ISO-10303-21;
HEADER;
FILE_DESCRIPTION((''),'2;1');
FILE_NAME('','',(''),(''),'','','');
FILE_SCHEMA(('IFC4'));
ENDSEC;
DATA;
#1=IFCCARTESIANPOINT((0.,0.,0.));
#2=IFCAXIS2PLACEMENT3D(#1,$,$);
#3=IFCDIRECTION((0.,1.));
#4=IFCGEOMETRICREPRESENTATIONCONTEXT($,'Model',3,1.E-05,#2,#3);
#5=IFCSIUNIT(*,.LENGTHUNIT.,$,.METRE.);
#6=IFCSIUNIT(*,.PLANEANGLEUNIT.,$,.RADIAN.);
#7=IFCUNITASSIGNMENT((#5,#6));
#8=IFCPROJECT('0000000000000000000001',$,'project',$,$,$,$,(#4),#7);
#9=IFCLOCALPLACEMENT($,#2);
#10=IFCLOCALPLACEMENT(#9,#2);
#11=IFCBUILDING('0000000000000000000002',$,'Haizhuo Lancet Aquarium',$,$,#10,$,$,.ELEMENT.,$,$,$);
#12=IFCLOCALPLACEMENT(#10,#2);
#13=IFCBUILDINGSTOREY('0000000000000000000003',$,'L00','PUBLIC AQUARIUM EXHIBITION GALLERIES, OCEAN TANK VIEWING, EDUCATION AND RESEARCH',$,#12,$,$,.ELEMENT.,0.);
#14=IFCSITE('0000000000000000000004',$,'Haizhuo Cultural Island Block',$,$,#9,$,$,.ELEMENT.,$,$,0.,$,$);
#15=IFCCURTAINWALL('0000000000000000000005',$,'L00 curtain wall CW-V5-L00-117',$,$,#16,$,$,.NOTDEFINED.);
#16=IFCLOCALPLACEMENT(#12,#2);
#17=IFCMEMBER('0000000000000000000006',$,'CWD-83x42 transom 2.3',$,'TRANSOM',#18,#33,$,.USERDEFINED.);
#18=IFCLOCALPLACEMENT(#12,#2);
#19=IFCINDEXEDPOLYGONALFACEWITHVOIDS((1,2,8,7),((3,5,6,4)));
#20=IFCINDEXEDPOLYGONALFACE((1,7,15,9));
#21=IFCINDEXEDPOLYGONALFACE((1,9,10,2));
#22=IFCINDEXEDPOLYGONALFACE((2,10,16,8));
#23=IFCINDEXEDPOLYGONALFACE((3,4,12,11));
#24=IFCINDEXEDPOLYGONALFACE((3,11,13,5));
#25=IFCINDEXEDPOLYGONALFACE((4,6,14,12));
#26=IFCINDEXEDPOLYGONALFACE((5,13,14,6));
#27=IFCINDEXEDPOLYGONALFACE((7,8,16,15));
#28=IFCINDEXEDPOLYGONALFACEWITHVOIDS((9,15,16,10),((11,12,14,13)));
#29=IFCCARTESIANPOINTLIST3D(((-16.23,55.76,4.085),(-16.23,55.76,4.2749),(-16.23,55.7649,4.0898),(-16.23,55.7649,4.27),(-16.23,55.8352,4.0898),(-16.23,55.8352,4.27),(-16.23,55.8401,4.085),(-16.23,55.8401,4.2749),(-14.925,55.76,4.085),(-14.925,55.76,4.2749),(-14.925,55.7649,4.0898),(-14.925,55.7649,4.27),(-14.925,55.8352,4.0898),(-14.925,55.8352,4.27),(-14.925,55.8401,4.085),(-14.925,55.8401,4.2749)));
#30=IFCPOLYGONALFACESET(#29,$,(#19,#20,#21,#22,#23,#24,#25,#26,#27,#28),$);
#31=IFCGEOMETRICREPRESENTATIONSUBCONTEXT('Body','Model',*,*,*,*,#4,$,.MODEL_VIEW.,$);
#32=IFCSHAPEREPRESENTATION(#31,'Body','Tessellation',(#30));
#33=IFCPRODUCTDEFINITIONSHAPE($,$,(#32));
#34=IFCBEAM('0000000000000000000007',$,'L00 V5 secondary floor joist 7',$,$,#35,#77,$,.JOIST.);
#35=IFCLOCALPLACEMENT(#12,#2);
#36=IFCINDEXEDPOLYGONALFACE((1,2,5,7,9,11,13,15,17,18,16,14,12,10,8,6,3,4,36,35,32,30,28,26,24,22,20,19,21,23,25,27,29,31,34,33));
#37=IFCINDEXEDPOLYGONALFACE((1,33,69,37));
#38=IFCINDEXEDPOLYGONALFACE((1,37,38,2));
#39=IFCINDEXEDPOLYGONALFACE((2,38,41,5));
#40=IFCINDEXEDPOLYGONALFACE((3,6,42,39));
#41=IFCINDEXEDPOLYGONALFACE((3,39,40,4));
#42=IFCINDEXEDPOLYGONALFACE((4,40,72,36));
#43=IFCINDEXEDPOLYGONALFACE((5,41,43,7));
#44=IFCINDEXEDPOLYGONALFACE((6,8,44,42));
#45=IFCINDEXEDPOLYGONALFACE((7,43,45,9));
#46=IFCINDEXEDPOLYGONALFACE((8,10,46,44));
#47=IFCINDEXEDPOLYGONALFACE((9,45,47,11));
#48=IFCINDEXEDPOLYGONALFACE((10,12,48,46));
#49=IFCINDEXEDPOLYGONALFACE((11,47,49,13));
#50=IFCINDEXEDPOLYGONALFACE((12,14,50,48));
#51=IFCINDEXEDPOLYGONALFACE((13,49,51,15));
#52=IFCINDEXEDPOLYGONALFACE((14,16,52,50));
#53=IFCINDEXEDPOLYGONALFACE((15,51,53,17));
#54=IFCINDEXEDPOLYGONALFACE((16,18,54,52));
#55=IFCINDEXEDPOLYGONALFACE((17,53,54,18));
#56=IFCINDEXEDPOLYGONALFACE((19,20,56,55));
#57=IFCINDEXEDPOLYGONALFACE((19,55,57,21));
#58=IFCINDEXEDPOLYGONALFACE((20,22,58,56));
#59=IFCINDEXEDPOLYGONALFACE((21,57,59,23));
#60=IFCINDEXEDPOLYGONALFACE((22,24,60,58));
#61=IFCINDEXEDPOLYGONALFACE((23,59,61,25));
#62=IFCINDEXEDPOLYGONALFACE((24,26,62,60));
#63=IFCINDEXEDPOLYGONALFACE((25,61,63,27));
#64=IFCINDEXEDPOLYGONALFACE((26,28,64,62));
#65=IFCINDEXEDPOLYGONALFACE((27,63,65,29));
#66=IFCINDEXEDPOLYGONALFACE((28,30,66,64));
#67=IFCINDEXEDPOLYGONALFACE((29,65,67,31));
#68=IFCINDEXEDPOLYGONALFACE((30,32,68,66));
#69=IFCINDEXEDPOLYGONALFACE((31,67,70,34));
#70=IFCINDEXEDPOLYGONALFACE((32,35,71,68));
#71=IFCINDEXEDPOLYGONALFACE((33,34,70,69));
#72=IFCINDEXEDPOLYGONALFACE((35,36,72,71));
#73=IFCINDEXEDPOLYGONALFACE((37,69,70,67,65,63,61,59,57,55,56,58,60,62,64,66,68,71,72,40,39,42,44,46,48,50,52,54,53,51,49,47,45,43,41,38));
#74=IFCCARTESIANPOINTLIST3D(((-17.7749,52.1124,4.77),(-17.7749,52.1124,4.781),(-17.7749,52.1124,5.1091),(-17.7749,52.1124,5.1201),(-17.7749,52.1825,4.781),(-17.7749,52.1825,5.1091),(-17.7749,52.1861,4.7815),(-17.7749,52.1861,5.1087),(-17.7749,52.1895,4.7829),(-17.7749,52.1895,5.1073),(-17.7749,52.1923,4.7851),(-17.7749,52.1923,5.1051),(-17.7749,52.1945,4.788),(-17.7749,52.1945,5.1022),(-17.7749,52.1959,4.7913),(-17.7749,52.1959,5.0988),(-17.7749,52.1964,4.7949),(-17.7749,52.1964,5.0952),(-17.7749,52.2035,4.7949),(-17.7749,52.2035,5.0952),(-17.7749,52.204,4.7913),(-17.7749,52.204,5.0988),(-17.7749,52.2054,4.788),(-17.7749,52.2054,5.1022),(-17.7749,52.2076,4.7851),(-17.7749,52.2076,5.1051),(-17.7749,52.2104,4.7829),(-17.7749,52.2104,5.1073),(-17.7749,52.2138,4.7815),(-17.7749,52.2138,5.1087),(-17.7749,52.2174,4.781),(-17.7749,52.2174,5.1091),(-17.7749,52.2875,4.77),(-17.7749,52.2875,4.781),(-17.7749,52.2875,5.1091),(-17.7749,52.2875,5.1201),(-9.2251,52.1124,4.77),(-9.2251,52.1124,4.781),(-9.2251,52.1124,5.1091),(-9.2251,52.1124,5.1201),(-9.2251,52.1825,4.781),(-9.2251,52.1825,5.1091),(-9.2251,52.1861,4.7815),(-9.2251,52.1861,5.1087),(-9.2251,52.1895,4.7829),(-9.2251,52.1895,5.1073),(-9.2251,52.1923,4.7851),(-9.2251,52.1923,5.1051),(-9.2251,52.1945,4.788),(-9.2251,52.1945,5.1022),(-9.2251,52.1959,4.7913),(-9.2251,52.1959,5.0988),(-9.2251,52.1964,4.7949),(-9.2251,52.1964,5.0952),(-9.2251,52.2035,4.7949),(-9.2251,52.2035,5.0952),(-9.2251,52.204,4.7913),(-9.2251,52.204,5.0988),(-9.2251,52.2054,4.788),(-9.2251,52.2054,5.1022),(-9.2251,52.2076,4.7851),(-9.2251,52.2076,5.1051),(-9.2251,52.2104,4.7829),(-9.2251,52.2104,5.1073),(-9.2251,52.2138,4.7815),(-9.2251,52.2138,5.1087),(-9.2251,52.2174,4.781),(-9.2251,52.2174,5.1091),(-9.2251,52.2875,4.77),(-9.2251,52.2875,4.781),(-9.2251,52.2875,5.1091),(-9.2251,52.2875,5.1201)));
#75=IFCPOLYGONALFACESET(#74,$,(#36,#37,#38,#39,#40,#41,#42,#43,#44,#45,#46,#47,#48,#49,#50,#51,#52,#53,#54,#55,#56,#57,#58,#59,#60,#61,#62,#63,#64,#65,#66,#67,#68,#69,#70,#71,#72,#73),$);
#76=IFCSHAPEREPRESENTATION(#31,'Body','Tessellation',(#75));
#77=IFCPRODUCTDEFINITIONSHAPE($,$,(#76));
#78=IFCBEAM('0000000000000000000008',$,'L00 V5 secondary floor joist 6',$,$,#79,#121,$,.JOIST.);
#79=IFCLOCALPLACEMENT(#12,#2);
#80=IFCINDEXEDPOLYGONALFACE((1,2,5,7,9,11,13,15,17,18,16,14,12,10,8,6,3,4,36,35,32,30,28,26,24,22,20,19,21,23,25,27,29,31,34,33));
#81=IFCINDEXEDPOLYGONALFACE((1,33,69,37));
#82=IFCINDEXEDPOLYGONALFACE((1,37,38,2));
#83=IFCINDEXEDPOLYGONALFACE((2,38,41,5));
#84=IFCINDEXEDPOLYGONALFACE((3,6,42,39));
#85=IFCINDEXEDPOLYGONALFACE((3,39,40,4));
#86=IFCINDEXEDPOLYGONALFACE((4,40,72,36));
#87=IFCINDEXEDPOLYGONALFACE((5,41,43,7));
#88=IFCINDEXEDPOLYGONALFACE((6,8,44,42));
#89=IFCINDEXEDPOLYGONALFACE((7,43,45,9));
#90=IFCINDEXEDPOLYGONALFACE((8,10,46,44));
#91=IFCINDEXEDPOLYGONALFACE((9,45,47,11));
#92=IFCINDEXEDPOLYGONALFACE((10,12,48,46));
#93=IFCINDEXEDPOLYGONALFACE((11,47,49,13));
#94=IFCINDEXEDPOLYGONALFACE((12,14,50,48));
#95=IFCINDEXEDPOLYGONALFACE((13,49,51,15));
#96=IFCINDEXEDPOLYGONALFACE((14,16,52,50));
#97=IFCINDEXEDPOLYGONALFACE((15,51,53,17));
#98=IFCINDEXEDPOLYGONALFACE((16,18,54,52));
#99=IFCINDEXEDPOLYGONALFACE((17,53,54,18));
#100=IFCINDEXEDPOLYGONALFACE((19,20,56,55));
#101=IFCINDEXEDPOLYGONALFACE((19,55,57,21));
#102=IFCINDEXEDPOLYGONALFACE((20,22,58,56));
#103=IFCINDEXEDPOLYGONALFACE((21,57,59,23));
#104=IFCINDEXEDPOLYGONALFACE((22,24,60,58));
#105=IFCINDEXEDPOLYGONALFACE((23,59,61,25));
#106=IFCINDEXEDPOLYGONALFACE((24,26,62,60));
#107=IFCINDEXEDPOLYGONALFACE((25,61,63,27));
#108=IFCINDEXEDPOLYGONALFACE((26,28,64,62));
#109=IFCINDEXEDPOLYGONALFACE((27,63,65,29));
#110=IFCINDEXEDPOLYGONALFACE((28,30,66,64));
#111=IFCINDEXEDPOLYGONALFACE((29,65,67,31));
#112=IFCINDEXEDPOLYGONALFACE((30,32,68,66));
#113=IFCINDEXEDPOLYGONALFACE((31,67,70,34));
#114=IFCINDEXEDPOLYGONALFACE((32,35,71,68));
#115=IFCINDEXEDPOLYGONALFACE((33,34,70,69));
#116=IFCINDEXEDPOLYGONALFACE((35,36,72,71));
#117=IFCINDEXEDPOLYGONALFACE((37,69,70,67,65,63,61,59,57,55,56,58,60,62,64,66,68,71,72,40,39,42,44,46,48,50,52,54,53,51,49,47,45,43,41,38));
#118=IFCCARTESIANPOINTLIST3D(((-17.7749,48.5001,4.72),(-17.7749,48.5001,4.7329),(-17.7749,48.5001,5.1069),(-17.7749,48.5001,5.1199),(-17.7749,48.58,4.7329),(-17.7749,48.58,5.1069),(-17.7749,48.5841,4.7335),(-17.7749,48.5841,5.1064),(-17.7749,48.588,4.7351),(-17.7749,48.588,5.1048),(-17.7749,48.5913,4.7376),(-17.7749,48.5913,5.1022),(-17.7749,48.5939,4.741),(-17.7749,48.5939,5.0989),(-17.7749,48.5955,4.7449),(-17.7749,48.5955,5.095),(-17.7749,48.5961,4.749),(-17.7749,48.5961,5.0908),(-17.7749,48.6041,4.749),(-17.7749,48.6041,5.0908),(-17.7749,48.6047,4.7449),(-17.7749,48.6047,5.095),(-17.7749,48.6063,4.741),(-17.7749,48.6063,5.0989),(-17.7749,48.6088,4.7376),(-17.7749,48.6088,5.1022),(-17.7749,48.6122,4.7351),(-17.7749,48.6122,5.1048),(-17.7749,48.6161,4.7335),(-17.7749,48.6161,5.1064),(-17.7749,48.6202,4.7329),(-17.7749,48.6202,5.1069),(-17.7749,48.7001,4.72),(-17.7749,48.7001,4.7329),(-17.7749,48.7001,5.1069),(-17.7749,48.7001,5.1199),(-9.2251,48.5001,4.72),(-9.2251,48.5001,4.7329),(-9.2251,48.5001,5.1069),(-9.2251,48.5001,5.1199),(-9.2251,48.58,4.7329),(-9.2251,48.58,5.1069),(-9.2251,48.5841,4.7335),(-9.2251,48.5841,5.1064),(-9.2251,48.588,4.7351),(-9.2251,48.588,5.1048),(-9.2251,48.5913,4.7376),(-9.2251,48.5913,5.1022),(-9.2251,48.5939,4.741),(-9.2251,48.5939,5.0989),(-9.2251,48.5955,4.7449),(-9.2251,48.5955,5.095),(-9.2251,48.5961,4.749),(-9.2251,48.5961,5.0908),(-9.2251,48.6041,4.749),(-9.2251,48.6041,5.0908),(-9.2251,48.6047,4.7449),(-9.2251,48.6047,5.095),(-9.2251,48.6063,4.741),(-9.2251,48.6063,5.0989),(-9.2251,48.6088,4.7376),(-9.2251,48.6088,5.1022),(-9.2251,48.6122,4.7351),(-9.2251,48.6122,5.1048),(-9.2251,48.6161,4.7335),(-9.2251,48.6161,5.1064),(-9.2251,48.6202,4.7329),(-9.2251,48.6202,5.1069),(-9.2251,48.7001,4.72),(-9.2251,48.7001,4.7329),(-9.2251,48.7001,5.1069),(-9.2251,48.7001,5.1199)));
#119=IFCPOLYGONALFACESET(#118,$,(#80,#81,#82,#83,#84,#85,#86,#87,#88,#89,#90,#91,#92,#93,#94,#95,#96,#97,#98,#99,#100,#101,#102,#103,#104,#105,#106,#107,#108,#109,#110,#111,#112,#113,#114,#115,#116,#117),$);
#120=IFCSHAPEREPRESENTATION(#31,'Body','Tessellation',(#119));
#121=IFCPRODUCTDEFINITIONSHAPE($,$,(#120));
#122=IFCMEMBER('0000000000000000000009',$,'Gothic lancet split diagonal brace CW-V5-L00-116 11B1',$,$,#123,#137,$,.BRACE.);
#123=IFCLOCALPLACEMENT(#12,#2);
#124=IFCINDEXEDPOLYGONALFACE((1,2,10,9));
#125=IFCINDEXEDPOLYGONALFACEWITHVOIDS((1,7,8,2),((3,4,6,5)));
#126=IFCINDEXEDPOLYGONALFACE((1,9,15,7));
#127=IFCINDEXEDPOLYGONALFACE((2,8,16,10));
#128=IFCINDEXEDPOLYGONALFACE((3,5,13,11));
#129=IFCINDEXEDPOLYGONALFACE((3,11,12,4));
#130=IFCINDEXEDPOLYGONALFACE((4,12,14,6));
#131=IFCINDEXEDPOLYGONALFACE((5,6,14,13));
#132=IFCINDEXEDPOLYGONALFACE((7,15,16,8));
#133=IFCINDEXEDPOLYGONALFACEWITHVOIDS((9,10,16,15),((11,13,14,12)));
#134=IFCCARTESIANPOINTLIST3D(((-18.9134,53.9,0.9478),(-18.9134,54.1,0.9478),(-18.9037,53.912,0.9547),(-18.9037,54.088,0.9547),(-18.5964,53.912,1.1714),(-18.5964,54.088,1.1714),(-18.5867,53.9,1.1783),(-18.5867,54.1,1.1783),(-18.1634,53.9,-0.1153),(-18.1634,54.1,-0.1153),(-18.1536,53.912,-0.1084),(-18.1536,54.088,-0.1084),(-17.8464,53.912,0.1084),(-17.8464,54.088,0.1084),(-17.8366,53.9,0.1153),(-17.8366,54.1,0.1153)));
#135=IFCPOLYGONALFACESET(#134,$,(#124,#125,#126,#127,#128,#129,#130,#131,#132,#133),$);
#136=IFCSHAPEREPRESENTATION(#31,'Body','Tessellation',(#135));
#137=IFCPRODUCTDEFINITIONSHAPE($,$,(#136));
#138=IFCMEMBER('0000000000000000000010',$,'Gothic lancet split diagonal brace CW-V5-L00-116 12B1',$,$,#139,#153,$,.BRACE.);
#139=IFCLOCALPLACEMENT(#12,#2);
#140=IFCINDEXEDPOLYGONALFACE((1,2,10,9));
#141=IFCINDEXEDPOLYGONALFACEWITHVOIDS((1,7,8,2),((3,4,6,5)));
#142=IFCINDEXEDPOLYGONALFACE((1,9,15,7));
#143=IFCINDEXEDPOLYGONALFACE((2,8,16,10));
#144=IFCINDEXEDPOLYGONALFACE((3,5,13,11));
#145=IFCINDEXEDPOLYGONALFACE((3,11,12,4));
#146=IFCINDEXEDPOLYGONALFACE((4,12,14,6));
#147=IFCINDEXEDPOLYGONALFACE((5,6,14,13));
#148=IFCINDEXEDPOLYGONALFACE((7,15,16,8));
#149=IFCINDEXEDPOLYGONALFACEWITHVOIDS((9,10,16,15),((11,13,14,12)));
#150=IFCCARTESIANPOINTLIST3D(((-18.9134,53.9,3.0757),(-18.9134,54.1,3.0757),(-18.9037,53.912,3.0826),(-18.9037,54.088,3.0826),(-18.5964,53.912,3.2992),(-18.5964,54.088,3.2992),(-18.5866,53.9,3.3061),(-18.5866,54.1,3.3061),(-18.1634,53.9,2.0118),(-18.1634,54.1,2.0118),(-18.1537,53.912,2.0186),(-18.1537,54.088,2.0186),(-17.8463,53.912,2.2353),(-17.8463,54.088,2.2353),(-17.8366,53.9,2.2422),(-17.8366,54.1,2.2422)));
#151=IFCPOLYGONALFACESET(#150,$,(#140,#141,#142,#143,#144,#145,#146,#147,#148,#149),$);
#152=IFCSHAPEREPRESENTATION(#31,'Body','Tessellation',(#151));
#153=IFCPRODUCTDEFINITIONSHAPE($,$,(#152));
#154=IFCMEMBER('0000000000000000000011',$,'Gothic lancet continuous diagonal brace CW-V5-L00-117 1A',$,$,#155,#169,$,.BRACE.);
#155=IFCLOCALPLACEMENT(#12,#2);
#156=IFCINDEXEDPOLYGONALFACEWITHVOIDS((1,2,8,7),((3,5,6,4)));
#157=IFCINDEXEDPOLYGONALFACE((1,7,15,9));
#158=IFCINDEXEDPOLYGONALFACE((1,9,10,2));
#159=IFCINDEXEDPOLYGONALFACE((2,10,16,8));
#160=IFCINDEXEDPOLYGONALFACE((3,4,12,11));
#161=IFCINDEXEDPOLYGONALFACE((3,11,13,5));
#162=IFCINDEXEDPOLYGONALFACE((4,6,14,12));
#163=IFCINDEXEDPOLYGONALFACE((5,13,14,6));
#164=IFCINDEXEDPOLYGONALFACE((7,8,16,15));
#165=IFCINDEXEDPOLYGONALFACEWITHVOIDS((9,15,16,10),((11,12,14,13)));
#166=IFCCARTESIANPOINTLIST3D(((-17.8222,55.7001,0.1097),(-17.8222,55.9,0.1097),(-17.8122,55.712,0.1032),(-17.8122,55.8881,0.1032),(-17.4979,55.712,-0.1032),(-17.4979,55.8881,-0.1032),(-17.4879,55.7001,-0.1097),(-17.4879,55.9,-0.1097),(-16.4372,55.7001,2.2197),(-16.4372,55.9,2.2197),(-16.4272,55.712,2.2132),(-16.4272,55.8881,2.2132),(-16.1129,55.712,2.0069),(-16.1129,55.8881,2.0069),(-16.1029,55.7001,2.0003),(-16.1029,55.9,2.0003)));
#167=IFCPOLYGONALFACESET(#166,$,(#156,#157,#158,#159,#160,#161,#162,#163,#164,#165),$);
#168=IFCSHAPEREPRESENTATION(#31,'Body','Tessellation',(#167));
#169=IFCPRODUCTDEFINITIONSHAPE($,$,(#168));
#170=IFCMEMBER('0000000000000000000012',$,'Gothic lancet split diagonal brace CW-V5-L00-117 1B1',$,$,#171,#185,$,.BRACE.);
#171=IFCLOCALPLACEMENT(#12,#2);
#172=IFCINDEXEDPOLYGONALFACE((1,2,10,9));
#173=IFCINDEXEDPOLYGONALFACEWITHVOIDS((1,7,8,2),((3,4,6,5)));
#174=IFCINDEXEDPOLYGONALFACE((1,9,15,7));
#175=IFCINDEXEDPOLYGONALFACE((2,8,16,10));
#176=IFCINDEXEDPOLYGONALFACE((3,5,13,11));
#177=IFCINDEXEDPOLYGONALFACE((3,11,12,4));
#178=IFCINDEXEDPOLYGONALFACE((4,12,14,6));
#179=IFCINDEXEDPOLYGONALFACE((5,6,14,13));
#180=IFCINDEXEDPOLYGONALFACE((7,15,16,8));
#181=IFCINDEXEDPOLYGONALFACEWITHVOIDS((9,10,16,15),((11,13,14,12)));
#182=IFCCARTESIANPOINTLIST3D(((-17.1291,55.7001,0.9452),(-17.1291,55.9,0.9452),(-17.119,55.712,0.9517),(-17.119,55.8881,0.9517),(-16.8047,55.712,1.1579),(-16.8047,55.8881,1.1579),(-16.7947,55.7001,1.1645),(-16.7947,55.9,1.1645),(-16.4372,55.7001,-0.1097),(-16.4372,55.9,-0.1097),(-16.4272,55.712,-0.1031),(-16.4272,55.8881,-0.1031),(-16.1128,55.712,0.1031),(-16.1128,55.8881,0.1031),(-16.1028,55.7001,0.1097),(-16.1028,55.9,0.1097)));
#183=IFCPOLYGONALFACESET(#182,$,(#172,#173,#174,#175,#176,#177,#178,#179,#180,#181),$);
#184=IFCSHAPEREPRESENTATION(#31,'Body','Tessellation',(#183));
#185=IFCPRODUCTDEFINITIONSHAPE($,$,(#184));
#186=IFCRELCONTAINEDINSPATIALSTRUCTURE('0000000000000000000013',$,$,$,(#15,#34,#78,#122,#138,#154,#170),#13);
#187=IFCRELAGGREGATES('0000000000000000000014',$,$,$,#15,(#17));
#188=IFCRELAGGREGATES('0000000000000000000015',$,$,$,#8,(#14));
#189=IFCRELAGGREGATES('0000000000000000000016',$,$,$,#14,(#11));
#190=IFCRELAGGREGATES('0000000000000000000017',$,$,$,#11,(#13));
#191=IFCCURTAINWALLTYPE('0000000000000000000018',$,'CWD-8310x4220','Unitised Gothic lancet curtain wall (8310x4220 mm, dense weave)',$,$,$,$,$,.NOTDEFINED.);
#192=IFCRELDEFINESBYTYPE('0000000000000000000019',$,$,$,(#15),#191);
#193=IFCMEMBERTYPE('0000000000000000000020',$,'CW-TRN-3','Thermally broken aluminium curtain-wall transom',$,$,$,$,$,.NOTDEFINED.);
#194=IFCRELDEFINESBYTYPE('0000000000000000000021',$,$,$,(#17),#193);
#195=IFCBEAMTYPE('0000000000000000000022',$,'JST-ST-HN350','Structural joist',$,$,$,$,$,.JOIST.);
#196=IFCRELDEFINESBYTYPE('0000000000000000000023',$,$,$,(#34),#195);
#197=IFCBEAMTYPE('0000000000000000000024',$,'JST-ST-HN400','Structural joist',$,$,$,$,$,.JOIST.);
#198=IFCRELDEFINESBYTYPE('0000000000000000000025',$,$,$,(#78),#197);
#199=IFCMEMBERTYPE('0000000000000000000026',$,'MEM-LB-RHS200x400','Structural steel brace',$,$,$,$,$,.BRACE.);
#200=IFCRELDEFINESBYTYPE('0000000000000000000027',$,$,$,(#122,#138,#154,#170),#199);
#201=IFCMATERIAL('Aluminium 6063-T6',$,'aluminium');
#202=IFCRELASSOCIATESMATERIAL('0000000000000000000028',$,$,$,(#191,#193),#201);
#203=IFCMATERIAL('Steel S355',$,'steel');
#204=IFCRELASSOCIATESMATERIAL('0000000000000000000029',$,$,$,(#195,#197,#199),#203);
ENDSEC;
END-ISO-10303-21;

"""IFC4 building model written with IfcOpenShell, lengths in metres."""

from ifc_helpers import new_model, si_unit, direction, frame, origin, origin_2d, place, context, subcontext, project, spatial, hollow_rectangle, i_section, extrude, material, material_profile, profile_set, type_object, element, aggregate, save


model = new_model("IFC4")

# Units and contexts
model_context = context("Model", 3, precision=1e-05, world=origin(), true_north=direction((0.0, 1.0)))
body_context = subcontext(model_context, "Body", "Model", "MODEL_VIEW")
ifc_project = project(units=[si_unit("LENGTHUNIT", "METRE"), si_unit("PLANEANGLEUNIT", "RADIAN")], contexts=[model_context])

# Site, building, storey
site_placement = place(None, origin())
site = spatial("IfcSite", under=ifc_project, at=site_placement, Name="Haizhuo Cultural Island Block", CompositionType="ELEMENT", RefElevation=0.0)
building_placement = place(site_placement, origin())
building = spatial("IfcBuilding", under=site, at=building_placement, Name="Haizhuo Lancet Aquarium", CompositionType="ELEMENT")
storey_placement = place(building_placement, origin())
storey = spatial("IfcBuildingStorey", under=building, at=storey_placement, Name="L00", Description="PUBLIC AQUARIUM EXHIBITION GALLERIES, OCEAN TANK VIEWING, EDUCATION AND RESEARCH", CompositionType="ELEMENT", Elevation=0.0)

# Shared definitions
ifc_material_1 = material(Name="Aluminium 6063-T6", Category="aluminium")

# Curtain wall, member
curtain_wall_type_1 = type_object("IfcCurtainWallType", Name="CWD-8310x4220", Description="Unitised Gothic lancet curtain wall (8310x4220 mm, dense weave)", PredefinedType="NOTDEFINED", material=ifc_material_1)
curtain_wall_1_placement = place(storey_placement, origin())
curtain_wall_1 = element("IfcCurtainWall", 1, at=curtain_wall_1_placement, inside=storey, type_object=curtain_wall_type_1, Name="L00 curtain wall CW-V5-L00-117", PredefinedType="NOTDEFINED")
ifc_material_profile_1 = material_profile(ifc_material_1, hollow_rectangle(XDim=0.0801, YDim=0.1899, WallThickness=0.0049, at=origin_2d()), Name="ALU-T 80x190x5")
ifc_profile_set_1 = profile_set([ifc_material_profile_1], Name="Aluminium 6063-T6")
member_type_1 = type_object("IfcMemberType", Name="CW-TRN-3", Description="Thermally broken aluminium curtain-wall transom", PredefinedType="NOTDEFINED", material=ifc_profile_set_1)
member_1_placement = place(storey_placement, frame((-16.23, 55.8, 4.1799), z_axis=(1.0, 0.0, 0.0), x_axis=(0.0, 1.0, 0.0)))
member_1 = element("IfcMember", 2, at=member_1_placement, type_object=member_type_1, Name="CWD-83x42 transom 2.3", ObjectType="TRANSOM", PredefinedType="USERDEFINED", context=body_context, shape_type="SweptSolid", body=[
    extrude(hollow_rectangle(XDim=0.0801, YDim=0.1899, WallThickness=0.0049, at=origin_2d()), origin(), (0.0, 0.0, 1.0), 1.3049),
])

# Beams
ifc_material_2 = material(Name="Steel S355", Category="steel")
ifc_material_profile_2 = material_profile(ifc_material_2, i_section(OverallWidth=0.175, OverallDepth=0.3501, WebThickness=0.0071, FlangeThickness=0.011, FilletRadius=0.0139, at=origin_2d()), Name="HN 350x175x7x11")
ifc_profile_set_2 = profile_set([ifc_material_profile_2], Name="Steel S355")
beam_type_1 = type_object("IfcBeamType", Name="JST-ST-HN350", Description="Structural joist", PredefinedType="JOIST", material=ifc_profile_set_2)
beam_1_placement = place(storey_placement, frame((-17.7749, 52.2, 4.9451), z_axis=(1.0, 0.0, 0.0), x_axis=(0.0, 1.0, 0.0)))
element("IfcBeam", 3, at=beam_1_placement, inside=storey, type_object=beam_type_1, Name="L00 V5 secondary floor joist 7", PredefinedType="JOIST", context=body_context, shape_type="SweptSolid", body=[
    extrude(i_section(OverallWidth=0.175, OverallDepth=0.3501, WebThickness=0.0071, FlangeThickness=0.011, FilletRadius=0.0139, at=origin_2d()), origin(), (0.0, 0.0, 1.0), 8.5498),
])
ifc_material_profile_3 = material_profile(ifc_material_2, i_section(OverallWidth=0.2, OverallDepth=0.3999, WebThickness=0.0081, FlangeThickness=0.0129, FilletRadius=0.0161, at=origin_2d()), Name="HN 400x200x8x13")
ifc_profile_set_3 = profile_set([ifc_material_profile_3], Name="Steel S355")
beam_type_2 = type_object("IfcBeamType", Name="JST-ST-HN400", Description="Structural joist", PredefinedType="JOIST", material=ifc_profile_set_3)
beam_2_placement = place(storey_placement, frame((-17.7749, 48.6001, 4.9199), z_axis=(1.0, 0.0, 0.0), x_axis=(0.0, 1.0, 0.0)))
element("IfcBeam", 4, at=beam_2_placement, inside=storey, type_object=beam_type_2, Name="L00 V5 secondary floor joist 6", PredefinedType="JOIST", context=body_context, shape_type="SweptSolid", body=[
    extrude(i_section(OverallWidth=0.2, OverallDepth=0.3999, WebThickness=0.0081, FlangeThickness=0.0129, FilletRadius=0.0161, at=origin_2d()), origin(), (0.0, 0.0, 1.0), 8.5498),
])

# Members
ifc_material_profile_4 = material_profile(ifc_material_2, hollow_rectangle(XDim=0.2, YDim=0.3999, WallThickness=0.012, at=origin_2d()), Name="RHS 200x400x12")
ifc_profile_set_4 = profile_set([ifc_material_profile_4], Name="Steel S355")
member_type_2 = type_object("IfcMemberType", Name="MEM-LB-RHS200x400", Description="Structural steel brace", PredefinedType="BRACE", material=ifc_profile_set_4)
member_2_placement = place(storey_placement, frame((-18.0, 54.0, 0.0), z_axis=(-0.576506, 0.0, 0.817093), x_axis=(0.0, -1.0, 0.0)))
element("IfcMember", 5, at=member_2_placement, inside=storey, type_object=member_type_2, Name="Gothic lancet split diagonal brace CW-V5-L00-116 11B1", PredefinedType="BRACE", context=body_context, shape_type="SweptSolid", body=[
    extrude(hollow_rectangle(XDim=0.2, YDim=0.3999, WallThickness=0.012, at=origin_2d()), origin(), (0.0, 0.0, 1.0), 1.301),
])
member_3_placement = place(storey_placement, frame((-18.0, 54.0, 2.127), z_axis=(-0.576153, 0.0, 0.817342), x_axis=(0.0, -1.0, 0.0)))
element("IfcMember", 6, at=member_3_placement, inside=storey, type_object=member_type_2, Name="Gothic lancet split diagonal brace CW-V5-L00-116 12B1", PredefinedType="BRACE", context=body_context, shape_type="SweptSolid", body=[
    extrude(hollow_rectangle(XDim=0.2, YDim=0.3999, WallThickness=0.012, at=origin_2d()), origin(), (0.0, 0.0, 1.0), 1.3018),
])
member_4_placement = place(storey_placement, frame((-17.655, 55.8, 0.0), z_axis=(0.548726, 0.0, 0.836002), x_axis=(0.0, 1.0, 0.0)))
element("IfcMember", 7, at=member_4_placement, inside=storey, type_object=member_type_2, Name="Gothic lancet continuous diagonal brace CW-V5-L00-117 1A", PredefinedType="BRACE", context=body_context, shape_type="SweptSolid", body=[
    extrude(hollow_rectangle(XDim=0.2, YDim=0.3999, WallThickness=0.012, at=origin_2d()), origin(), (0.0, 0.0, 1.0), 2.5239),
])
member_5_placement = place(storey_placement, frame((-16.27, 55.8, 0.0), z_axis=(-0.548432, 0.0, 0.836195), x_axis=(0.0, -1.0, 0.0)))
element("IfcMember", 8, at=member_5_placement, inside=storey, type_object=member_type_2, Name="Gothic lancet split diagonal brace CW-V5-L00-117 1B1", PredefinedType="BRACE", context=body_context, shape_type="SweptSolid", body=[
    extrude(hollow_rectangle(XDim=0.2, YDim=0.3999, WallThickness=0.012, at=origin_2d()), origin(), (0.0, 0.0, 1.0), 1.2615),
])

aggregate(curtain_wall_1, [member_1])

save(model, "model.ifc")
